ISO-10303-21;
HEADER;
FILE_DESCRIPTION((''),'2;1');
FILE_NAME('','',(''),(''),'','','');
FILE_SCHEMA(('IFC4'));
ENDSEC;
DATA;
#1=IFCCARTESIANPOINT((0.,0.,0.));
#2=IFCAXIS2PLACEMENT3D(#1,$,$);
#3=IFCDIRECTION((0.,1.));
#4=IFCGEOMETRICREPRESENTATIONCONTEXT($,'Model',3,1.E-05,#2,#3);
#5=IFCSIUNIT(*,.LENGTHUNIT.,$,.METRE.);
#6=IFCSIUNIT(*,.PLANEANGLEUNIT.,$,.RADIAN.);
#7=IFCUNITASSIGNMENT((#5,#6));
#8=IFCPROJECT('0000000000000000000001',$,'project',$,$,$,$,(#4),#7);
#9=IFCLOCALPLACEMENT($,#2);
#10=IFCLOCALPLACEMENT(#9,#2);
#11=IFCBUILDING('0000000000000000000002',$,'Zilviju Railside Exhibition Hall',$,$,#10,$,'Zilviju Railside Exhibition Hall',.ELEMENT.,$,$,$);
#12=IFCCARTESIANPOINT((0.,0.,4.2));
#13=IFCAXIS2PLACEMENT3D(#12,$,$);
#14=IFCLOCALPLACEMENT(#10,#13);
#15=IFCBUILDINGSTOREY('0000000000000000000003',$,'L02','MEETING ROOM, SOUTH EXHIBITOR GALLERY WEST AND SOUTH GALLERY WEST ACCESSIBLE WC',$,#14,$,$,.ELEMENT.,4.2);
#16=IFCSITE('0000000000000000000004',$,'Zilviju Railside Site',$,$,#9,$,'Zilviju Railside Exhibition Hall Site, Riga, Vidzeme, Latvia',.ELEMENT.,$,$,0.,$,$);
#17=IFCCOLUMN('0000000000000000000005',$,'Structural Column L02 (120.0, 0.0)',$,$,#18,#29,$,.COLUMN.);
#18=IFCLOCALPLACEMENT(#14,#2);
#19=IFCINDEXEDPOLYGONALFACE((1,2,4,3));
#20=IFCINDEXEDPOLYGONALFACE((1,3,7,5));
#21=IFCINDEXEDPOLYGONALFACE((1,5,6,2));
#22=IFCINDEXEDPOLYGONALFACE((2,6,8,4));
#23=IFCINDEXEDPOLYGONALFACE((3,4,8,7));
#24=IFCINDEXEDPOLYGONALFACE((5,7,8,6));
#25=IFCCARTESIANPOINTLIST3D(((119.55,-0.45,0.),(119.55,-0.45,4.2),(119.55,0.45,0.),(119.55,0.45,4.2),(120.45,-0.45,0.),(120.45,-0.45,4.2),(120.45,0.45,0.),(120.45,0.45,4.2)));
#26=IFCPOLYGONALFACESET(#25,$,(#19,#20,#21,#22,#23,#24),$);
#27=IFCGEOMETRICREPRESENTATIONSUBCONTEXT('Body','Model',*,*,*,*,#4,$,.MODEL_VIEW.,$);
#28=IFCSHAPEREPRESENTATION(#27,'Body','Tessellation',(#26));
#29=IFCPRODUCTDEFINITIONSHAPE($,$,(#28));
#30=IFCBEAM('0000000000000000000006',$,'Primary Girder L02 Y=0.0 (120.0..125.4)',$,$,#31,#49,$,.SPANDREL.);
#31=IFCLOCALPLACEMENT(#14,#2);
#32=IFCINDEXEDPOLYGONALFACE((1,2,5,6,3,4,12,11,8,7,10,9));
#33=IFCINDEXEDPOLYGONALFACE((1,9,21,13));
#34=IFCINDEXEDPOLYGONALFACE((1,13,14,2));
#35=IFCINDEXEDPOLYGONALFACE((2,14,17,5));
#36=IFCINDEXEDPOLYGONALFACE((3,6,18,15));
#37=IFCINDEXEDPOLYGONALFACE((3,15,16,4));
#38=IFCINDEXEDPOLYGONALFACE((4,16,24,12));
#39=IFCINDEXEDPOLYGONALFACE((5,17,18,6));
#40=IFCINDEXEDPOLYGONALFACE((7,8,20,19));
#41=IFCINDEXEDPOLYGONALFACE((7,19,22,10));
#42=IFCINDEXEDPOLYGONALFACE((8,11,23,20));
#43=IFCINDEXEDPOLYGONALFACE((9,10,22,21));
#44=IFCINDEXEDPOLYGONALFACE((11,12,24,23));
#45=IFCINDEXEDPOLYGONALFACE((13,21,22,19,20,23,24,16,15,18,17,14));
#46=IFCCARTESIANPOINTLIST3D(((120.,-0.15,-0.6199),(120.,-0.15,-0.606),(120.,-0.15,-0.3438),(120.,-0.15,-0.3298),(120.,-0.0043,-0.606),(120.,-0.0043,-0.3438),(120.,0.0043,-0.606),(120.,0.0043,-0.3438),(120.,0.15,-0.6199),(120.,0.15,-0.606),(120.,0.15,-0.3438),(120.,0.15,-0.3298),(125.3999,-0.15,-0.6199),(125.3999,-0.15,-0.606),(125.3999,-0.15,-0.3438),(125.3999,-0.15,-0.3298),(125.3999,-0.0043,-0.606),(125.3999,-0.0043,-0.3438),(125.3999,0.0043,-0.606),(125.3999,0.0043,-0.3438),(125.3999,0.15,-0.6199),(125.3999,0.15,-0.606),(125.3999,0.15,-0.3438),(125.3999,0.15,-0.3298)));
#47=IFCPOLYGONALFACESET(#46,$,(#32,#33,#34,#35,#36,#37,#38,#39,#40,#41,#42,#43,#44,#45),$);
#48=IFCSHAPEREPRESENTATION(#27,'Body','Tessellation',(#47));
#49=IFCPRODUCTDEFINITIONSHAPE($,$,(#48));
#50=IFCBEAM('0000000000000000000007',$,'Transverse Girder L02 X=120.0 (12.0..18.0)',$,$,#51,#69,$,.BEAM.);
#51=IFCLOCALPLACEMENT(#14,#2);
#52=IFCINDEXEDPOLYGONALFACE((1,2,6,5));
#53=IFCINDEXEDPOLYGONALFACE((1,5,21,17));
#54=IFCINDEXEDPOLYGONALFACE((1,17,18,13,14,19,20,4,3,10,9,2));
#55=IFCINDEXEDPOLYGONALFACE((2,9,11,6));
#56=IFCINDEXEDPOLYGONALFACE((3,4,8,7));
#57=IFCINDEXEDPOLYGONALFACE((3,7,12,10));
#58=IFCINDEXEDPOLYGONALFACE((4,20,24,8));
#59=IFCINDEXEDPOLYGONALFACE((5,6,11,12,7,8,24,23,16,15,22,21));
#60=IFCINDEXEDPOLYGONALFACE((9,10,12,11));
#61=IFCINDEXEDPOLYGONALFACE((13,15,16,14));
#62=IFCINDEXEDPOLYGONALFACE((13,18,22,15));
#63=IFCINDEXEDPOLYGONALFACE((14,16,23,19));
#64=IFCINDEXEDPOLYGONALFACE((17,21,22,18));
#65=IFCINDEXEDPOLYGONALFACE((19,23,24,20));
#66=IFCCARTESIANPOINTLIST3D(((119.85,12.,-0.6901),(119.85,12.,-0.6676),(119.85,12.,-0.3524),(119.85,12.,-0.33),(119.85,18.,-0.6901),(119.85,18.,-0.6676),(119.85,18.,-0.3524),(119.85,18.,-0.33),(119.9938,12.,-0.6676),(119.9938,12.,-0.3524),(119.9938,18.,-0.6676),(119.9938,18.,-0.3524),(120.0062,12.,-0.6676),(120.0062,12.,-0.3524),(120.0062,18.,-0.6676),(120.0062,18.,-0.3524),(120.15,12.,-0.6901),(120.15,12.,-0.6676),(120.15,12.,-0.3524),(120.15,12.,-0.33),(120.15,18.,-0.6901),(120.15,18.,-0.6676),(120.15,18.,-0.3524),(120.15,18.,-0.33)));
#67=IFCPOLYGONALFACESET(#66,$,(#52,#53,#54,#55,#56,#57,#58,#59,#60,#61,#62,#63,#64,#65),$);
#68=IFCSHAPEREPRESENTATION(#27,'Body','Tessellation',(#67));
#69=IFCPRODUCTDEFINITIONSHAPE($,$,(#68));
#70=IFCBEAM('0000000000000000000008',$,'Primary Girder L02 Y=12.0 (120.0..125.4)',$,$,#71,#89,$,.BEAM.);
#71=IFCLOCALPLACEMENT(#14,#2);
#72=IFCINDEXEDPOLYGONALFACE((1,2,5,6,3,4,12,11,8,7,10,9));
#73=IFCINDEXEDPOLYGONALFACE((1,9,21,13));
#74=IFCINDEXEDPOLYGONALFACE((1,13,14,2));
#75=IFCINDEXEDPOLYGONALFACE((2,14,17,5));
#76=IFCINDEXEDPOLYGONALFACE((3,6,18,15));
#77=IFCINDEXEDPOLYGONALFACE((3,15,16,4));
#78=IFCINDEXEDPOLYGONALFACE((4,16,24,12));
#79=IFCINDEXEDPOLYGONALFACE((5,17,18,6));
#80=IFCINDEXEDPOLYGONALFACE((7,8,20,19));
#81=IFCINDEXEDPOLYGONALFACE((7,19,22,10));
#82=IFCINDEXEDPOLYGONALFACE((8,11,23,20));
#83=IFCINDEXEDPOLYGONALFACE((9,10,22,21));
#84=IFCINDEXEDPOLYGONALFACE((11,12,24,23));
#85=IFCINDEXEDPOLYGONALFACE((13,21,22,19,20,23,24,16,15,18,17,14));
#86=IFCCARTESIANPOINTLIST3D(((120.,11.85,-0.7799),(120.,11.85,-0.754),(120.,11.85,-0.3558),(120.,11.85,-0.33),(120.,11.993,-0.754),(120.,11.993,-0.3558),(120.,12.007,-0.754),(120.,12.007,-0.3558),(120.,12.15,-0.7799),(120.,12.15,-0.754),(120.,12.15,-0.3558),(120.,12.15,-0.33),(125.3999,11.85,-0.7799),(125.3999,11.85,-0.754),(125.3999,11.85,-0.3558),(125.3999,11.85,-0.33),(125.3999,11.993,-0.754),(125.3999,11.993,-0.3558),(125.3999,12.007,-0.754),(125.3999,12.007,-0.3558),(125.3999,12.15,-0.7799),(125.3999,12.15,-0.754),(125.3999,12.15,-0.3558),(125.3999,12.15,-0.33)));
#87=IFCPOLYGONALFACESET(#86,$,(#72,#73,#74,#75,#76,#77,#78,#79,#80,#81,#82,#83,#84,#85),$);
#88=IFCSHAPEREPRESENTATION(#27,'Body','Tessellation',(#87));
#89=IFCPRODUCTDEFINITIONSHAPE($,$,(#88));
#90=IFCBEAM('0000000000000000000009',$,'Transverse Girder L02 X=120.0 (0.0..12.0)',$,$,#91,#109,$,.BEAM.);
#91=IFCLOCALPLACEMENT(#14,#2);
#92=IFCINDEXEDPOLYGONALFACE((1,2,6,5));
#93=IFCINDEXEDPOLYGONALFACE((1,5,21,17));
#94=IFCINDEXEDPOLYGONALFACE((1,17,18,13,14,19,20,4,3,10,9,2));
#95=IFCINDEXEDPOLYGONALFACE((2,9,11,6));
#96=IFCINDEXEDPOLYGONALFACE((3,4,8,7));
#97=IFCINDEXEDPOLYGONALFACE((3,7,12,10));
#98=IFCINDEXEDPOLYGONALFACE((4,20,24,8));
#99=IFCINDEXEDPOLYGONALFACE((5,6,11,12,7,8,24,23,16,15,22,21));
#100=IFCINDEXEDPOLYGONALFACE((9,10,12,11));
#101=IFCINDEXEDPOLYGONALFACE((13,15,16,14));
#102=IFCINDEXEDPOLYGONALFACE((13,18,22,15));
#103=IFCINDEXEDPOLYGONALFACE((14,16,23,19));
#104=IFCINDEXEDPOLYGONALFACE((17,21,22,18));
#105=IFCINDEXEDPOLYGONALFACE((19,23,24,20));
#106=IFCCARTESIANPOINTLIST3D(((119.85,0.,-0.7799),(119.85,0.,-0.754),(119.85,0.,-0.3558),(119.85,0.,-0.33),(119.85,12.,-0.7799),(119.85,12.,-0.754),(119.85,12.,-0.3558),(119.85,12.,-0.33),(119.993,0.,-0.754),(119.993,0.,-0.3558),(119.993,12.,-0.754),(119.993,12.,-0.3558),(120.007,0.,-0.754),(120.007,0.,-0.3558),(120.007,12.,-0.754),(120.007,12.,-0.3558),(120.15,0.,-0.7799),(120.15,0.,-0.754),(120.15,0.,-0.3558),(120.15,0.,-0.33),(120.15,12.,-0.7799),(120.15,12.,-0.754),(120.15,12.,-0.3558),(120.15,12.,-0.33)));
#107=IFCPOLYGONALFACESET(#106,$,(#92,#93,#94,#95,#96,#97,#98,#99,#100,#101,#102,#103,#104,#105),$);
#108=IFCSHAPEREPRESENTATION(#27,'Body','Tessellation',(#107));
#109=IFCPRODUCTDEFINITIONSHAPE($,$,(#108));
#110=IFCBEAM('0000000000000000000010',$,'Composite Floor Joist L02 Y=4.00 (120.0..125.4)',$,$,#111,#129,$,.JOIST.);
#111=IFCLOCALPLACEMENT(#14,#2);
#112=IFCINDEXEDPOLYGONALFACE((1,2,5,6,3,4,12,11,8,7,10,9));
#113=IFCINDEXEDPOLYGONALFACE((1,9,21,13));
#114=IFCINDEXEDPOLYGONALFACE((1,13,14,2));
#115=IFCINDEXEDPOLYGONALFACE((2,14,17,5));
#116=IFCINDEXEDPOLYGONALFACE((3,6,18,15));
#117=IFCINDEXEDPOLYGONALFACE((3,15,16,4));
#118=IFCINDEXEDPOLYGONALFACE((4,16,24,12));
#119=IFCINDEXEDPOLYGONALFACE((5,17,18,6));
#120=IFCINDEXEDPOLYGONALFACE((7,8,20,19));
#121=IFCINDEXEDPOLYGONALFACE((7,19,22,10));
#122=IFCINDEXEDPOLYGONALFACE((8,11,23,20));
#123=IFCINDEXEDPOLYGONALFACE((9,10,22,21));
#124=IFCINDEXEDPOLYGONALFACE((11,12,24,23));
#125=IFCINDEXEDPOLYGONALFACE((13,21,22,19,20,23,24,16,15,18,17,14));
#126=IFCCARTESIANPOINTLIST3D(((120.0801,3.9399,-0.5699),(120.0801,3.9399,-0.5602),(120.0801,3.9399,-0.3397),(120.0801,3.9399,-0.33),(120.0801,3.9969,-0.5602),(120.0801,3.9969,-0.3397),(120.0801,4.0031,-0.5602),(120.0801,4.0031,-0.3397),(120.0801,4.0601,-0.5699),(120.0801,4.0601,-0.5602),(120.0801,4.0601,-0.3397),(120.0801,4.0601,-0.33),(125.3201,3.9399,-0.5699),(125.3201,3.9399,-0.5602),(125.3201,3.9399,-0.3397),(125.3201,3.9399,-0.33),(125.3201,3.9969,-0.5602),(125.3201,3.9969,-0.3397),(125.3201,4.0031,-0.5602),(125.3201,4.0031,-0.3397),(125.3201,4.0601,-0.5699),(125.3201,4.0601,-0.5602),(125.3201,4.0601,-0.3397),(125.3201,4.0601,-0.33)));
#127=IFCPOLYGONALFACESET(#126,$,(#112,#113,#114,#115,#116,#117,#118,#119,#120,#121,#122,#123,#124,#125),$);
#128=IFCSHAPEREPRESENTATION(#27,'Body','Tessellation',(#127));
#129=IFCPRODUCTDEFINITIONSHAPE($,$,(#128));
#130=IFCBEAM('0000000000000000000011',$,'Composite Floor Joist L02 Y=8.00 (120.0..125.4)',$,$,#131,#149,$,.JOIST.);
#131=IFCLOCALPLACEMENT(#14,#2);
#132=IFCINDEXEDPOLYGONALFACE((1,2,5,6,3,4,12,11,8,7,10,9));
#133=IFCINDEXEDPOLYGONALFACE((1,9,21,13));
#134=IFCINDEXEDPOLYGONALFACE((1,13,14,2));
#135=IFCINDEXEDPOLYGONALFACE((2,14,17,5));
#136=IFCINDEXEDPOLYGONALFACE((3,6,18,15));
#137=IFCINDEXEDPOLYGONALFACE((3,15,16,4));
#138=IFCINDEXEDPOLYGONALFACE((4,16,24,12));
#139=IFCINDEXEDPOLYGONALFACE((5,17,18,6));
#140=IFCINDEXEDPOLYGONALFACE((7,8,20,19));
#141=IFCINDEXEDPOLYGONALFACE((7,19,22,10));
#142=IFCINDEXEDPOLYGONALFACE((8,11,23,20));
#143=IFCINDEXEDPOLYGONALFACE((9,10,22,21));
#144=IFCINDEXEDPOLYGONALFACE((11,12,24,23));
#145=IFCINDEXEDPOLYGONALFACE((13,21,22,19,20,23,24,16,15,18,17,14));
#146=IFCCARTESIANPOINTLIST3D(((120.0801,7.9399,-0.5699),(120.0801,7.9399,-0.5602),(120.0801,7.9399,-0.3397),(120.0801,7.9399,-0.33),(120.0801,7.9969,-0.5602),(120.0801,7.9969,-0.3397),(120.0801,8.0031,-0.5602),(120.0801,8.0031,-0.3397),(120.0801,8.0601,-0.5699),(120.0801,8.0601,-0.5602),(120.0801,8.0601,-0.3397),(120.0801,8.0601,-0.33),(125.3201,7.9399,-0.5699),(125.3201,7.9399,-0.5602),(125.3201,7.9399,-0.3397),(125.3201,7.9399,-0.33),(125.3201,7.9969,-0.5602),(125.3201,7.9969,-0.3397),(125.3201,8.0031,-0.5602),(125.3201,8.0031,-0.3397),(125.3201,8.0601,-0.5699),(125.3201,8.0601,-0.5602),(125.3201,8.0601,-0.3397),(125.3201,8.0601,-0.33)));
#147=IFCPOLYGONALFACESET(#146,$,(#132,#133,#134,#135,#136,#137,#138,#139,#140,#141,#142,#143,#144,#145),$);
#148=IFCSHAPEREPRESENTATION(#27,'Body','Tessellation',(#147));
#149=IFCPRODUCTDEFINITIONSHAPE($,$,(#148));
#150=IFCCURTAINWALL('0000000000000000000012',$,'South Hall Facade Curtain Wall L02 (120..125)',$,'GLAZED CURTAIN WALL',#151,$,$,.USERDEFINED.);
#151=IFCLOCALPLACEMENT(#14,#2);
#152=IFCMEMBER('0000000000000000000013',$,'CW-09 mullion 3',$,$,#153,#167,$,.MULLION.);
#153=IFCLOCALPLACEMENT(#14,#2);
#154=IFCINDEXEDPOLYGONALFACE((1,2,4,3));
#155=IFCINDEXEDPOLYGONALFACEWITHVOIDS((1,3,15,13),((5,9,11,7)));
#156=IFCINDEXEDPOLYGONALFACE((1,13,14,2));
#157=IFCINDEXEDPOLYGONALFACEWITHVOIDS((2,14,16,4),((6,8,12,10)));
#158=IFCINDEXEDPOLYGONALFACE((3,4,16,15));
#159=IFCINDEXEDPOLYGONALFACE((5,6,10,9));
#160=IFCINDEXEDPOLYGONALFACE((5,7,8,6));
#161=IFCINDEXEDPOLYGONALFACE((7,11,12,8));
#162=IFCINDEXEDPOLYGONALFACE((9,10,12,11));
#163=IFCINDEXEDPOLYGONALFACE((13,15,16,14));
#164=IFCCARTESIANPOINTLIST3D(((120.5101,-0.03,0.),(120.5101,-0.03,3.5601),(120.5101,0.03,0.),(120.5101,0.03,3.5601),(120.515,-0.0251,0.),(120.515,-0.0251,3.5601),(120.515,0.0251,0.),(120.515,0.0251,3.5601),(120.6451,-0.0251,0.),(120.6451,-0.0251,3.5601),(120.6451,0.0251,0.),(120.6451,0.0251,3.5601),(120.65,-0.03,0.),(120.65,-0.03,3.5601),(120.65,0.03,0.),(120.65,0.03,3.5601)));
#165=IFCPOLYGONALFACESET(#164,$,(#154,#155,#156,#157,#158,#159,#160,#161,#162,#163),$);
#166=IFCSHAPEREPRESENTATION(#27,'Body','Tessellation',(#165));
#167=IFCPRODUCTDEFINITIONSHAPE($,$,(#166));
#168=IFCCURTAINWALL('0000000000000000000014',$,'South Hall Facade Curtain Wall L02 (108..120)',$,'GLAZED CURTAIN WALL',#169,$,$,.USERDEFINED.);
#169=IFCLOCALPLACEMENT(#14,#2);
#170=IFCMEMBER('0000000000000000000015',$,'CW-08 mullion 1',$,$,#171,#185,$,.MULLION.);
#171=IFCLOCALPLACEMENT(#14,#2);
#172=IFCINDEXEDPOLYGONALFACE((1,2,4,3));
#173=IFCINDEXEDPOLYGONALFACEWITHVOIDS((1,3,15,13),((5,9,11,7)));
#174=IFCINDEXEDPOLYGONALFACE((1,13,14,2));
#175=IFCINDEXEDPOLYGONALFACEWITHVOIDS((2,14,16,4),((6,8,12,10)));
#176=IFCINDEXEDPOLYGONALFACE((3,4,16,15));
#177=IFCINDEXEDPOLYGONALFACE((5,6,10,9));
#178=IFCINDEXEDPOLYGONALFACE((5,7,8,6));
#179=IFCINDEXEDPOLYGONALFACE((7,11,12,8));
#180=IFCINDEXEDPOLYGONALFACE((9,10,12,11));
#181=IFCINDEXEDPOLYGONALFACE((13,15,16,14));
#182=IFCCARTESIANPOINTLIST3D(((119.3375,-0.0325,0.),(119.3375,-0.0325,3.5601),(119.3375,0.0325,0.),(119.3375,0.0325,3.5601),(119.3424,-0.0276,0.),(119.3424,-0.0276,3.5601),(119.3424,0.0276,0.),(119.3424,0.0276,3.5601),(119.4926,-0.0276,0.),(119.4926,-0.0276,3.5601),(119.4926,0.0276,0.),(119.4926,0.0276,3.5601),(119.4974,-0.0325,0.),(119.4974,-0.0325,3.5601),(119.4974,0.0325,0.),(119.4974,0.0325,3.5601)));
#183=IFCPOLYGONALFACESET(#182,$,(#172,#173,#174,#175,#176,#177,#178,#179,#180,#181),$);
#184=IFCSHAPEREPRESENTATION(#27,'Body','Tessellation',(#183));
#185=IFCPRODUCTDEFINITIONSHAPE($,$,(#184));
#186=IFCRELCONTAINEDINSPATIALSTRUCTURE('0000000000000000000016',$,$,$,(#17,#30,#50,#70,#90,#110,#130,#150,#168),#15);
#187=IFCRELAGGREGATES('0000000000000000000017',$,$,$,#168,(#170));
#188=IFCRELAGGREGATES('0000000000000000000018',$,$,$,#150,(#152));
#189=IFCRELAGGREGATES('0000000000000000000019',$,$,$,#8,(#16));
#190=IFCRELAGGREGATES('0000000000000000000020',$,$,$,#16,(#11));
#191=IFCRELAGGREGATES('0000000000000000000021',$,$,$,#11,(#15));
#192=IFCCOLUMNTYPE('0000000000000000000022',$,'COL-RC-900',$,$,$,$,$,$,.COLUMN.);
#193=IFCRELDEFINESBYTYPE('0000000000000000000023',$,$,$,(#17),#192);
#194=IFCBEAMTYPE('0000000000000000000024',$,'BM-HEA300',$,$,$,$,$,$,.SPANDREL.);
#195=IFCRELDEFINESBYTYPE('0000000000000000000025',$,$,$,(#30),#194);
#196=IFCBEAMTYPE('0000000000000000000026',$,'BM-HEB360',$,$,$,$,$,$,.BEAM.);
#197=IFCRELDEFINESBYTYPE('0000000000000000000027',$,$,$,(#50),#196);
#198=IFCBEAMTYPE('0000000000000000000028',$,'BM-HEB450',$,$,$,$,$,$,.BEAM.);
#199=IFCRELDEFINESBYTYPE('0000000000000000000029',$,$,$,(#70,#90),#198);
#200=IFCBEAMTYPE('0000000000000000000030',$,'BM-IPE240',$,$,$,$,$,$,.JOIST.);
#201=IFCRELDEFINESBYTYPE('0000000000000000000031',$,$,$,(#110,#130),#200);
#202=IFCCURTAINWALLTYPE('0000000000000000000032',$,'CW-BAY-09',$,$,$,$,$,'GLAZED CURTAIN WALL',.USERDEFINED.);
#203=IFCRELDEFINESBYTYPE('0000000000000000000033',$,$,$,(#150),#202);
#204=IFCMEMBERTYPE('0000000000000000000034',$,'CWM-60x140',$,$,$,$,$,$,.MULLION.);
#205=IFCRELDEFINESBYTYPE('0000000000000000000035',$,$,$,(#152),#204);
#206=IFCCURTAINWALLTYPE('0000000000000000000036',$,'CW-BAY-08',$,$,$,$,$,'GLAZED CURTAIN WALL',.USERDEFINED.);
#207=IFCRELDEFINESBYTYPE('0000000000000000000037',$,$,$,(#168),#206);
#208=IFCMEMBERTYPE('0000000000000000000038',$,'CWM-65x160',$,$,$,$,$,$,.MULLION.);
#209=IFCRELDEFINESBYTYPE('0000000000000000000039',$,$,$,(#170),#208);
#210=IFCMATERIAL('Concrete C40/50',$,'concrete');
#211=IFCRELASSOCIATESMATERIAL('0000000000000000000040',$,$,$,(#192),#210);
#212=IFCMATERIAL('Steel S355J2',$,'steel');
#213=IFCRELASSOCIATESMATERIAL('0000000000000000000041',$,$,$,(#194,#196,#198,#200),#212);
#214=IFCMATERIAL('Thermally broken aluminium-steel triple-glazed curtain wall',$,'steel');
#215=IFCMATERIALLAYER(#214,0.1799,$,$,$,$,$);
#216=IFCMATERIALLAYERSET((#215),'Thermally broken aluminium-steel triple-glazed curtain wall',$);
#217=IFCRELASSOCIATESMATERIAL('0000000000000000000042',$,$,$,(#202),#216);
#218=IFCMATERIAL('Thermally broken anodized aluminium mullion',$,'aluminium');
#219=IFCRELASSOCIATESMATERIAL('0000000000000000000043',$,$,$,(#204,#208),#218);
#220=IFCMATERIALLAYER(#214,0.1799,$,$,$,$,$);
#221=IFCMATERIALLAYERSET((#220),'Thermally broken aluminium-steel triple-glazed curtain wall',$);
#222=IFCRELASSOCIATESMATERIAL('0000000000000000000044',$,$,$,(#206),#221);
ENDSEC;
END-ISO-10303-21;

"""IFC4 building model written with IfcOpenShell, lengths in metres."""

from ifc_helpers import new_model, si_unit, direction, frame, origin, origin_2d, place, context, subcontext, project, spatial, rectangle, hollow_rectangle, i_section, extrude, material, layer, layer_set, material_profile, profile_set, type_object, element, aggregate, save


model = new_model("IFC4")

# Units and contexts
model_context = context("Model", 3, precision=1e-05, world=origin(), true_north=direction((0.0, 1.0)))
body_context = subcontext(model_context, "Body", "Model", "MODEL_VIEW")
ifc_project = project(units=[si_unit("LENGTHUNIT", "METRE"), si_unit("PLANEANGLEUNIT", "RADIAN")], contexts=[model_context])

# Site, building, storey
site_placement = place(None, origin())
site = spatial("IfcSite", under=ifc_project, at=site_placement, Name="Zilviju Railside Site", LongName="Zilviju Railside Exhibition Hall Site, Riga, Vidzeme, Latvia", CompositionType="ELEMENT", RefElevation=0.0)
building_placement = place(site_placement, origin())
building = spatial("IfcBuilding", under=site, at=building_placement, Name="Zilviju Railside Exhibition Hall", LongName="Zilviju Railside Exhibition Hall", CompositionType="ELEMENT")
storey_placement = place(building_placement, frame((0.0, 0.0, 4.2)))
storey = spatial("IfcBuildingStorey", under=building, at=storey_placement, Name="L02", Description="MEETING ROOM, SOUTH EXHIBITOR GALLERY WEST AND SOUTH GALLERY WEST ACCESSIBLE WC", CompositionType="ELEMENT", Elevation=4.2)

# Column
ifc_material_1 = material(Name="Concrete C40/50", Category="concrete")
ifc_material_profile_1 = material_profile(ifc_material_1, rectangle(XDim=0.8999, YDim=0.8999, at=origin_2d()), Name="RC COL 900x900")
ifc_profile_set_1 = profile_set([ifc_material_profile_1], Name="Concrete C40/50")
column_type = type_object("IfcColumnType", Name="COL-RC-900", PredefinedType="COLUMN", material=ifc_profile_set_1)
column_placement = place(storey_placement, frame((120.0, 0.0, 0.0), z_axis=(0.0, 0.0, 1.0), x_axis=(1.0, 0.0, 0.0)))
element("IfcColumn", 1, at=column_placement, inside=storey, type_object=column_type, Name="Structural Column L02 (120.0, 0.0)", PredefinedType="COLUMN", context=body_context, shape_type="SweptSolid", body=[
    extrude(rectangle(XDim=0.8999, YDim=0.8999, at=origin_2d()), origin(), (0.0, 0.0, 1.0), 4.2),
])

# Beams
ifc_material_2 = material(Name="Steel S355J2", Category="steel")
ifc_material_profile_2 = material_profile(ifc_material_2, i_section(OverallWidth=0.3, OverallDepth=0.29, WebThickness=0.0085, FlangeThickness=0.0139, at=origin_2d()), Name="HEA 300")
ifc_profile_set_2 = profile_set([ifc_material_profile_2], Name="Steel S355J2")
beam_type_1 = type_object("IfcBeamType", Name="BM-HEA300", PredefinedType="SPANDREL", material=ifc_profile_set_2)
beam_1_placement = place(storey_placement, frame((120.0, 0.0, -0.4749), z_axis=(1.0, 0.0, 0.0), x_axis=(0.0, 1.0, 0.0)))
element("IfcBeam", 2, at=beam_1_placement, inside=storey, type_object=beam_type_1, Name="Primary Girder L02 Y=0.0 (120.0..125.4)", PredefinedType="SPANDREL", context=body_context, shape_type="SweptSolid", body=[
    extrude(i_section(OverallWidth=0.3, OverallDepth=0.29, WebThickness=0.0085, FlangeThickness=0.0139, at=origin_2d()), origin(), (0.0, 0.0, 1.0), 5.3999),
])
ifc_material_profile_3 = material_profile(ifc_material_2, i_section(OverallWidth=0.3, OverallDepth=0.3601, WebThickness=0.0125, FlangeThickness=0.0225, at=origin_2d()), Name="HEB 360")
ifc_profile_set_3 = profile_set([ifc_material_profile_3], Name="Steel S355J2")
beam_type_2 = type_object("IfcBeamType", Name="BM-HEB360", PredefinedType="BEAM", material=ifc_profile_set_3)
beam_2_placement = place(storey_placement, frame((120.0, 12.0, -0.51), z_axis=(0.0, 1.0, 0.0), x_axis=(-1.0, 0.0, 0.0)))
element("IfcBeam", 3, at=beam_2_placement, inside=storey, type_object=beam_type_2, Name="Transverse Girder L02 X=120.0 (12.0..18.0)", PredefinedType="BEAM", context=body_context, shape_type="SweptSolid", body=[
    extrude(i_section(OverallWidth=0.3, OverallDepth=0.3601, WebThickness=0.0125, FlangeThickness=0.0225, at=origin_2d()), origin(), (0.0, 0.0, 1.0), 6.0),
])
ifc_material_profile_4 = material_profile(ifc_material_2, i_section(OverallWidth=0.3, OverallDepth=0.45, WebThickness=0.0139, FlangeThickness=0.0259, at=origin_2d()), Name="HEB 450")
ifc_profile_set_4 = profile_set([ifc_material_profile_4], Name="Steel S355J2")
beam_type_3 = type_object("IfcBeamType", Name="BM-HEB450", PredefinedType="BEAM", material=ifc_profile_set_4)
beam_3_placement = place(storey_placement, frame((120.0, 12.0, -0.5549), z_axis=(1.0, 0.0, 0.0), x_axis=(0.0, 1.0, 0.0)))
element("IfcBeam", 4, at=beam_3_placement, inside=storey, type_object=beam_type_3, Name="Primary Girder L02 Y=12.0 (120.0..125.4)", PredefinedType="BEAM", context=body_context, shape_type="SweptSolid", body=[
    extrude(i_section(OverallWidth=0.3, OverallDepth=0.45, WebThickness=0.0139, FlangeThickness=0.0259, at=origin_2d()), origin(), (0.0, 0.0, 1.0), 5.3999),
])
beam_4_placement = place(storey_placement, frame((120.0, 0.0, -0.5549), z_axis=(0.0, 1.0, 0.0), x_axis=(-1.0, 0.0, 0.0)))
element("IfcBeam", 5, at=beam_4_placement, inside=storey, type_object=beam_type_3, Name="Transverse Girder L02 X=120.0 (0.0..12.0)", PredefinedType="BEAM", context=body_context, shape_type="SweptSolid", body=[
    extrude(i_section(OverallWidth=0.3, OverallDepth=0.45, WebThickness=0.0139, FlangeThickness=0.0259, at=origin_2d()), origin(), (0.0, 0.0, 1.0), 12.0),
])
ifc_material_profile_5 = material_profile(ifc_material_2, i_section(OverallWidth=0.1201, OverallDepth=0.24, WebThickness=0.0061, FlangeThickness=0.0098, at=origin_2d()), Name="IPE 240")
ifc_profile_set_5 = profile_set([ifc_material_profile_5], Name="Steel S355J2")
beam_type_4 = type_object("IfcBeamType", Name="BM-IPE240", PredefinedType="JOIST", material=ifc_profile_set_5)
for number, where, z_axis, x_axis, name in (
    (6, (120.0801, 4.0, -0.45), (1.0, 0.0, 0.0), (0.0, 1.0, 0.0), "Composite Floor Joist L02 Y=4.00 (120.0..125.4)"),
    (7, (120.0801, 8.0, -0.45), (1.0, 0.0, 0.0), (0.0, 1.0, 0.0), "Composite Floor Joist L02 Y=8.00 (120.0..125.4)"),
):
    element("IfcBeam", number, at=place(storey_placement, frame(where, z_axis=z_axis, x_axis=x_axis)), inside=storey, type_object=beam_type_4, Name=name, PredefinedType="JOIST", context=body_context, shape_type="SweptSolid", body=[
        extrude(i_section(OverallWidth=0.1201, OverallDepth=0.24, WebThickness=0.0061, FlangeThickness=0.0098, at=origin_2d()), origin(), (0.0, 0.0, 1.0), 5.24),
    ])

# Curtain walls, members
ifc_material_3 = material(Name="Thermally broken aluminium-steel triple-glazed curtain wall", Category="steel")
ifc_layer_1 = layer(ifc_material_3, 0.1799)
ifc_layer_set_1 = layer_set([ifc_layer_1], Name="Thermally broken aluminium-steel triple-glazed curtain wall")
curtain_wall_type_1 = type_object("IfcCurtainWallType", Name="CW-BAY-09", ElementType="GLAZED CURTAIN WALL", PredefinedType="USERDEFINED", material=ifc_layer_set_1)
curtain_wall_1_placement = place(storey_placement, origin())
curtain_wall_1 = element("IfcCurtainWall", 8, at=curtain_wall_1_placement, inside=storey, type_object=curtain_wall_type_1, Name="South Hall Facade Curtain Wall L02 (120..125)", ObjectType="GLAZED CURTAIN WALL", PredefinedType="USERDEFINED")
ifc_material_4 = material(Name="Thermally broken anodized aluminium mullion", Category="aluminium")
ifc_material_profile_6 = material_profile(ifc_material_4, hollow_rectangle(XDim=0.0601, YDim=0.1399, WallThickness=0.0049, at=origin_2d()), Name="MULLION 140x60x5")
ifc_profile_set_6 = profile_set([ifc_material_profile_6], Name="Thermally broken anodized aluminium mullion")
member_type_1 = type_object("IfcMemberType", Name="CWM-60x140", PredefinedType="MULLION", material=ifc_profile_set_6)
member_1_placement = place(storey_placement, frame((120.5801, 0.0, 0.0), z_axis=(0.0, 0.0, 1.0), x_axis=(0.0, -1.0, 0.0)))
member_1 = element("IfcMember", 9, at=member_1_placement, type_object=member_type_1, Name="CW-09 mullion 3", PredefinedType="MULLION", context=body_context, shape_type="SweptSolid", body=[
    extrude(hollow_rectangle(XDim=0.0601, YDim=0.1399, WallThickness=0.0049, at=origin_2d()), origin(), (0.0, 0.0, 1.0), 3.5601),
])
ifc_layer_2 = layer(ifc_material_3, 0.1799)
ifc_layer_set_2 = layer_set([ifc_layer_2], Name="Thermally broken aluminium-steel triple-glazed curtain wall")
curtain_wall_type_2 = type_object("IfcCurtainWallType", Name="CW-BAY-08", ElementType="GLAZED CURTAIN WALL", PredefinedType="USERDEFINED", material=ifc_layer_set_2)
curtain_wall_2_placement = place(storey_placement, origin())
curtain_wall_2 = element("IfcCurtainWall", 10, at=curtain_wall_2_placement, inside=storey, type_object=curtain_wall_type_2, Name="South Hall Facade Curtain Wall L02 (108..120)", ObjectType="GLAZED CURTAIN WALL", PredefinedType="USERDEFINED")
ifc_material_profile_7 = material_profile(ifc_material_4, hollow_rectangle(XDim=0.0649, YDim=0.1599, WallThickness=0.0049, at=origin_2d()), Name="MULLION 160x65x5")
ifc_profile_set_7 = profile_set([ifc_material_profile_7], Name="Thermally broken anodized aluminium mullion")
member_type_2 = type_object("IfcMemberType", Name="CWM-65x160", PredefinedType="MULLION", material=ifc_profile_set_7)
member_2_placement = place(storey_placement, frame((119.4175, 0.0, 0.0), z_axis=(0.0, 0.0, 1.0), x_axis=(0.0, -1.0, 0.0)))
member_2 = element("IfcMember", 11, at=member_2_placement, type_object=member_type_2, Name="CW-08 mullion 1", PredefinedType="MULLION", context=body_context, shape_type="SweptSolid", body=[
    extrude(hollow_rectangle(XDim=0.0649, YDim=0.1599, WallThickness=0.0049, at=origin_2d()), origin(), (0.0, 0.0, 1.0), 3.5601),
])

aggregate(curtain_wall_2, [member_2])

aggregate(curtain_wall_1, [member_1])

save(model, "model.ifc")
